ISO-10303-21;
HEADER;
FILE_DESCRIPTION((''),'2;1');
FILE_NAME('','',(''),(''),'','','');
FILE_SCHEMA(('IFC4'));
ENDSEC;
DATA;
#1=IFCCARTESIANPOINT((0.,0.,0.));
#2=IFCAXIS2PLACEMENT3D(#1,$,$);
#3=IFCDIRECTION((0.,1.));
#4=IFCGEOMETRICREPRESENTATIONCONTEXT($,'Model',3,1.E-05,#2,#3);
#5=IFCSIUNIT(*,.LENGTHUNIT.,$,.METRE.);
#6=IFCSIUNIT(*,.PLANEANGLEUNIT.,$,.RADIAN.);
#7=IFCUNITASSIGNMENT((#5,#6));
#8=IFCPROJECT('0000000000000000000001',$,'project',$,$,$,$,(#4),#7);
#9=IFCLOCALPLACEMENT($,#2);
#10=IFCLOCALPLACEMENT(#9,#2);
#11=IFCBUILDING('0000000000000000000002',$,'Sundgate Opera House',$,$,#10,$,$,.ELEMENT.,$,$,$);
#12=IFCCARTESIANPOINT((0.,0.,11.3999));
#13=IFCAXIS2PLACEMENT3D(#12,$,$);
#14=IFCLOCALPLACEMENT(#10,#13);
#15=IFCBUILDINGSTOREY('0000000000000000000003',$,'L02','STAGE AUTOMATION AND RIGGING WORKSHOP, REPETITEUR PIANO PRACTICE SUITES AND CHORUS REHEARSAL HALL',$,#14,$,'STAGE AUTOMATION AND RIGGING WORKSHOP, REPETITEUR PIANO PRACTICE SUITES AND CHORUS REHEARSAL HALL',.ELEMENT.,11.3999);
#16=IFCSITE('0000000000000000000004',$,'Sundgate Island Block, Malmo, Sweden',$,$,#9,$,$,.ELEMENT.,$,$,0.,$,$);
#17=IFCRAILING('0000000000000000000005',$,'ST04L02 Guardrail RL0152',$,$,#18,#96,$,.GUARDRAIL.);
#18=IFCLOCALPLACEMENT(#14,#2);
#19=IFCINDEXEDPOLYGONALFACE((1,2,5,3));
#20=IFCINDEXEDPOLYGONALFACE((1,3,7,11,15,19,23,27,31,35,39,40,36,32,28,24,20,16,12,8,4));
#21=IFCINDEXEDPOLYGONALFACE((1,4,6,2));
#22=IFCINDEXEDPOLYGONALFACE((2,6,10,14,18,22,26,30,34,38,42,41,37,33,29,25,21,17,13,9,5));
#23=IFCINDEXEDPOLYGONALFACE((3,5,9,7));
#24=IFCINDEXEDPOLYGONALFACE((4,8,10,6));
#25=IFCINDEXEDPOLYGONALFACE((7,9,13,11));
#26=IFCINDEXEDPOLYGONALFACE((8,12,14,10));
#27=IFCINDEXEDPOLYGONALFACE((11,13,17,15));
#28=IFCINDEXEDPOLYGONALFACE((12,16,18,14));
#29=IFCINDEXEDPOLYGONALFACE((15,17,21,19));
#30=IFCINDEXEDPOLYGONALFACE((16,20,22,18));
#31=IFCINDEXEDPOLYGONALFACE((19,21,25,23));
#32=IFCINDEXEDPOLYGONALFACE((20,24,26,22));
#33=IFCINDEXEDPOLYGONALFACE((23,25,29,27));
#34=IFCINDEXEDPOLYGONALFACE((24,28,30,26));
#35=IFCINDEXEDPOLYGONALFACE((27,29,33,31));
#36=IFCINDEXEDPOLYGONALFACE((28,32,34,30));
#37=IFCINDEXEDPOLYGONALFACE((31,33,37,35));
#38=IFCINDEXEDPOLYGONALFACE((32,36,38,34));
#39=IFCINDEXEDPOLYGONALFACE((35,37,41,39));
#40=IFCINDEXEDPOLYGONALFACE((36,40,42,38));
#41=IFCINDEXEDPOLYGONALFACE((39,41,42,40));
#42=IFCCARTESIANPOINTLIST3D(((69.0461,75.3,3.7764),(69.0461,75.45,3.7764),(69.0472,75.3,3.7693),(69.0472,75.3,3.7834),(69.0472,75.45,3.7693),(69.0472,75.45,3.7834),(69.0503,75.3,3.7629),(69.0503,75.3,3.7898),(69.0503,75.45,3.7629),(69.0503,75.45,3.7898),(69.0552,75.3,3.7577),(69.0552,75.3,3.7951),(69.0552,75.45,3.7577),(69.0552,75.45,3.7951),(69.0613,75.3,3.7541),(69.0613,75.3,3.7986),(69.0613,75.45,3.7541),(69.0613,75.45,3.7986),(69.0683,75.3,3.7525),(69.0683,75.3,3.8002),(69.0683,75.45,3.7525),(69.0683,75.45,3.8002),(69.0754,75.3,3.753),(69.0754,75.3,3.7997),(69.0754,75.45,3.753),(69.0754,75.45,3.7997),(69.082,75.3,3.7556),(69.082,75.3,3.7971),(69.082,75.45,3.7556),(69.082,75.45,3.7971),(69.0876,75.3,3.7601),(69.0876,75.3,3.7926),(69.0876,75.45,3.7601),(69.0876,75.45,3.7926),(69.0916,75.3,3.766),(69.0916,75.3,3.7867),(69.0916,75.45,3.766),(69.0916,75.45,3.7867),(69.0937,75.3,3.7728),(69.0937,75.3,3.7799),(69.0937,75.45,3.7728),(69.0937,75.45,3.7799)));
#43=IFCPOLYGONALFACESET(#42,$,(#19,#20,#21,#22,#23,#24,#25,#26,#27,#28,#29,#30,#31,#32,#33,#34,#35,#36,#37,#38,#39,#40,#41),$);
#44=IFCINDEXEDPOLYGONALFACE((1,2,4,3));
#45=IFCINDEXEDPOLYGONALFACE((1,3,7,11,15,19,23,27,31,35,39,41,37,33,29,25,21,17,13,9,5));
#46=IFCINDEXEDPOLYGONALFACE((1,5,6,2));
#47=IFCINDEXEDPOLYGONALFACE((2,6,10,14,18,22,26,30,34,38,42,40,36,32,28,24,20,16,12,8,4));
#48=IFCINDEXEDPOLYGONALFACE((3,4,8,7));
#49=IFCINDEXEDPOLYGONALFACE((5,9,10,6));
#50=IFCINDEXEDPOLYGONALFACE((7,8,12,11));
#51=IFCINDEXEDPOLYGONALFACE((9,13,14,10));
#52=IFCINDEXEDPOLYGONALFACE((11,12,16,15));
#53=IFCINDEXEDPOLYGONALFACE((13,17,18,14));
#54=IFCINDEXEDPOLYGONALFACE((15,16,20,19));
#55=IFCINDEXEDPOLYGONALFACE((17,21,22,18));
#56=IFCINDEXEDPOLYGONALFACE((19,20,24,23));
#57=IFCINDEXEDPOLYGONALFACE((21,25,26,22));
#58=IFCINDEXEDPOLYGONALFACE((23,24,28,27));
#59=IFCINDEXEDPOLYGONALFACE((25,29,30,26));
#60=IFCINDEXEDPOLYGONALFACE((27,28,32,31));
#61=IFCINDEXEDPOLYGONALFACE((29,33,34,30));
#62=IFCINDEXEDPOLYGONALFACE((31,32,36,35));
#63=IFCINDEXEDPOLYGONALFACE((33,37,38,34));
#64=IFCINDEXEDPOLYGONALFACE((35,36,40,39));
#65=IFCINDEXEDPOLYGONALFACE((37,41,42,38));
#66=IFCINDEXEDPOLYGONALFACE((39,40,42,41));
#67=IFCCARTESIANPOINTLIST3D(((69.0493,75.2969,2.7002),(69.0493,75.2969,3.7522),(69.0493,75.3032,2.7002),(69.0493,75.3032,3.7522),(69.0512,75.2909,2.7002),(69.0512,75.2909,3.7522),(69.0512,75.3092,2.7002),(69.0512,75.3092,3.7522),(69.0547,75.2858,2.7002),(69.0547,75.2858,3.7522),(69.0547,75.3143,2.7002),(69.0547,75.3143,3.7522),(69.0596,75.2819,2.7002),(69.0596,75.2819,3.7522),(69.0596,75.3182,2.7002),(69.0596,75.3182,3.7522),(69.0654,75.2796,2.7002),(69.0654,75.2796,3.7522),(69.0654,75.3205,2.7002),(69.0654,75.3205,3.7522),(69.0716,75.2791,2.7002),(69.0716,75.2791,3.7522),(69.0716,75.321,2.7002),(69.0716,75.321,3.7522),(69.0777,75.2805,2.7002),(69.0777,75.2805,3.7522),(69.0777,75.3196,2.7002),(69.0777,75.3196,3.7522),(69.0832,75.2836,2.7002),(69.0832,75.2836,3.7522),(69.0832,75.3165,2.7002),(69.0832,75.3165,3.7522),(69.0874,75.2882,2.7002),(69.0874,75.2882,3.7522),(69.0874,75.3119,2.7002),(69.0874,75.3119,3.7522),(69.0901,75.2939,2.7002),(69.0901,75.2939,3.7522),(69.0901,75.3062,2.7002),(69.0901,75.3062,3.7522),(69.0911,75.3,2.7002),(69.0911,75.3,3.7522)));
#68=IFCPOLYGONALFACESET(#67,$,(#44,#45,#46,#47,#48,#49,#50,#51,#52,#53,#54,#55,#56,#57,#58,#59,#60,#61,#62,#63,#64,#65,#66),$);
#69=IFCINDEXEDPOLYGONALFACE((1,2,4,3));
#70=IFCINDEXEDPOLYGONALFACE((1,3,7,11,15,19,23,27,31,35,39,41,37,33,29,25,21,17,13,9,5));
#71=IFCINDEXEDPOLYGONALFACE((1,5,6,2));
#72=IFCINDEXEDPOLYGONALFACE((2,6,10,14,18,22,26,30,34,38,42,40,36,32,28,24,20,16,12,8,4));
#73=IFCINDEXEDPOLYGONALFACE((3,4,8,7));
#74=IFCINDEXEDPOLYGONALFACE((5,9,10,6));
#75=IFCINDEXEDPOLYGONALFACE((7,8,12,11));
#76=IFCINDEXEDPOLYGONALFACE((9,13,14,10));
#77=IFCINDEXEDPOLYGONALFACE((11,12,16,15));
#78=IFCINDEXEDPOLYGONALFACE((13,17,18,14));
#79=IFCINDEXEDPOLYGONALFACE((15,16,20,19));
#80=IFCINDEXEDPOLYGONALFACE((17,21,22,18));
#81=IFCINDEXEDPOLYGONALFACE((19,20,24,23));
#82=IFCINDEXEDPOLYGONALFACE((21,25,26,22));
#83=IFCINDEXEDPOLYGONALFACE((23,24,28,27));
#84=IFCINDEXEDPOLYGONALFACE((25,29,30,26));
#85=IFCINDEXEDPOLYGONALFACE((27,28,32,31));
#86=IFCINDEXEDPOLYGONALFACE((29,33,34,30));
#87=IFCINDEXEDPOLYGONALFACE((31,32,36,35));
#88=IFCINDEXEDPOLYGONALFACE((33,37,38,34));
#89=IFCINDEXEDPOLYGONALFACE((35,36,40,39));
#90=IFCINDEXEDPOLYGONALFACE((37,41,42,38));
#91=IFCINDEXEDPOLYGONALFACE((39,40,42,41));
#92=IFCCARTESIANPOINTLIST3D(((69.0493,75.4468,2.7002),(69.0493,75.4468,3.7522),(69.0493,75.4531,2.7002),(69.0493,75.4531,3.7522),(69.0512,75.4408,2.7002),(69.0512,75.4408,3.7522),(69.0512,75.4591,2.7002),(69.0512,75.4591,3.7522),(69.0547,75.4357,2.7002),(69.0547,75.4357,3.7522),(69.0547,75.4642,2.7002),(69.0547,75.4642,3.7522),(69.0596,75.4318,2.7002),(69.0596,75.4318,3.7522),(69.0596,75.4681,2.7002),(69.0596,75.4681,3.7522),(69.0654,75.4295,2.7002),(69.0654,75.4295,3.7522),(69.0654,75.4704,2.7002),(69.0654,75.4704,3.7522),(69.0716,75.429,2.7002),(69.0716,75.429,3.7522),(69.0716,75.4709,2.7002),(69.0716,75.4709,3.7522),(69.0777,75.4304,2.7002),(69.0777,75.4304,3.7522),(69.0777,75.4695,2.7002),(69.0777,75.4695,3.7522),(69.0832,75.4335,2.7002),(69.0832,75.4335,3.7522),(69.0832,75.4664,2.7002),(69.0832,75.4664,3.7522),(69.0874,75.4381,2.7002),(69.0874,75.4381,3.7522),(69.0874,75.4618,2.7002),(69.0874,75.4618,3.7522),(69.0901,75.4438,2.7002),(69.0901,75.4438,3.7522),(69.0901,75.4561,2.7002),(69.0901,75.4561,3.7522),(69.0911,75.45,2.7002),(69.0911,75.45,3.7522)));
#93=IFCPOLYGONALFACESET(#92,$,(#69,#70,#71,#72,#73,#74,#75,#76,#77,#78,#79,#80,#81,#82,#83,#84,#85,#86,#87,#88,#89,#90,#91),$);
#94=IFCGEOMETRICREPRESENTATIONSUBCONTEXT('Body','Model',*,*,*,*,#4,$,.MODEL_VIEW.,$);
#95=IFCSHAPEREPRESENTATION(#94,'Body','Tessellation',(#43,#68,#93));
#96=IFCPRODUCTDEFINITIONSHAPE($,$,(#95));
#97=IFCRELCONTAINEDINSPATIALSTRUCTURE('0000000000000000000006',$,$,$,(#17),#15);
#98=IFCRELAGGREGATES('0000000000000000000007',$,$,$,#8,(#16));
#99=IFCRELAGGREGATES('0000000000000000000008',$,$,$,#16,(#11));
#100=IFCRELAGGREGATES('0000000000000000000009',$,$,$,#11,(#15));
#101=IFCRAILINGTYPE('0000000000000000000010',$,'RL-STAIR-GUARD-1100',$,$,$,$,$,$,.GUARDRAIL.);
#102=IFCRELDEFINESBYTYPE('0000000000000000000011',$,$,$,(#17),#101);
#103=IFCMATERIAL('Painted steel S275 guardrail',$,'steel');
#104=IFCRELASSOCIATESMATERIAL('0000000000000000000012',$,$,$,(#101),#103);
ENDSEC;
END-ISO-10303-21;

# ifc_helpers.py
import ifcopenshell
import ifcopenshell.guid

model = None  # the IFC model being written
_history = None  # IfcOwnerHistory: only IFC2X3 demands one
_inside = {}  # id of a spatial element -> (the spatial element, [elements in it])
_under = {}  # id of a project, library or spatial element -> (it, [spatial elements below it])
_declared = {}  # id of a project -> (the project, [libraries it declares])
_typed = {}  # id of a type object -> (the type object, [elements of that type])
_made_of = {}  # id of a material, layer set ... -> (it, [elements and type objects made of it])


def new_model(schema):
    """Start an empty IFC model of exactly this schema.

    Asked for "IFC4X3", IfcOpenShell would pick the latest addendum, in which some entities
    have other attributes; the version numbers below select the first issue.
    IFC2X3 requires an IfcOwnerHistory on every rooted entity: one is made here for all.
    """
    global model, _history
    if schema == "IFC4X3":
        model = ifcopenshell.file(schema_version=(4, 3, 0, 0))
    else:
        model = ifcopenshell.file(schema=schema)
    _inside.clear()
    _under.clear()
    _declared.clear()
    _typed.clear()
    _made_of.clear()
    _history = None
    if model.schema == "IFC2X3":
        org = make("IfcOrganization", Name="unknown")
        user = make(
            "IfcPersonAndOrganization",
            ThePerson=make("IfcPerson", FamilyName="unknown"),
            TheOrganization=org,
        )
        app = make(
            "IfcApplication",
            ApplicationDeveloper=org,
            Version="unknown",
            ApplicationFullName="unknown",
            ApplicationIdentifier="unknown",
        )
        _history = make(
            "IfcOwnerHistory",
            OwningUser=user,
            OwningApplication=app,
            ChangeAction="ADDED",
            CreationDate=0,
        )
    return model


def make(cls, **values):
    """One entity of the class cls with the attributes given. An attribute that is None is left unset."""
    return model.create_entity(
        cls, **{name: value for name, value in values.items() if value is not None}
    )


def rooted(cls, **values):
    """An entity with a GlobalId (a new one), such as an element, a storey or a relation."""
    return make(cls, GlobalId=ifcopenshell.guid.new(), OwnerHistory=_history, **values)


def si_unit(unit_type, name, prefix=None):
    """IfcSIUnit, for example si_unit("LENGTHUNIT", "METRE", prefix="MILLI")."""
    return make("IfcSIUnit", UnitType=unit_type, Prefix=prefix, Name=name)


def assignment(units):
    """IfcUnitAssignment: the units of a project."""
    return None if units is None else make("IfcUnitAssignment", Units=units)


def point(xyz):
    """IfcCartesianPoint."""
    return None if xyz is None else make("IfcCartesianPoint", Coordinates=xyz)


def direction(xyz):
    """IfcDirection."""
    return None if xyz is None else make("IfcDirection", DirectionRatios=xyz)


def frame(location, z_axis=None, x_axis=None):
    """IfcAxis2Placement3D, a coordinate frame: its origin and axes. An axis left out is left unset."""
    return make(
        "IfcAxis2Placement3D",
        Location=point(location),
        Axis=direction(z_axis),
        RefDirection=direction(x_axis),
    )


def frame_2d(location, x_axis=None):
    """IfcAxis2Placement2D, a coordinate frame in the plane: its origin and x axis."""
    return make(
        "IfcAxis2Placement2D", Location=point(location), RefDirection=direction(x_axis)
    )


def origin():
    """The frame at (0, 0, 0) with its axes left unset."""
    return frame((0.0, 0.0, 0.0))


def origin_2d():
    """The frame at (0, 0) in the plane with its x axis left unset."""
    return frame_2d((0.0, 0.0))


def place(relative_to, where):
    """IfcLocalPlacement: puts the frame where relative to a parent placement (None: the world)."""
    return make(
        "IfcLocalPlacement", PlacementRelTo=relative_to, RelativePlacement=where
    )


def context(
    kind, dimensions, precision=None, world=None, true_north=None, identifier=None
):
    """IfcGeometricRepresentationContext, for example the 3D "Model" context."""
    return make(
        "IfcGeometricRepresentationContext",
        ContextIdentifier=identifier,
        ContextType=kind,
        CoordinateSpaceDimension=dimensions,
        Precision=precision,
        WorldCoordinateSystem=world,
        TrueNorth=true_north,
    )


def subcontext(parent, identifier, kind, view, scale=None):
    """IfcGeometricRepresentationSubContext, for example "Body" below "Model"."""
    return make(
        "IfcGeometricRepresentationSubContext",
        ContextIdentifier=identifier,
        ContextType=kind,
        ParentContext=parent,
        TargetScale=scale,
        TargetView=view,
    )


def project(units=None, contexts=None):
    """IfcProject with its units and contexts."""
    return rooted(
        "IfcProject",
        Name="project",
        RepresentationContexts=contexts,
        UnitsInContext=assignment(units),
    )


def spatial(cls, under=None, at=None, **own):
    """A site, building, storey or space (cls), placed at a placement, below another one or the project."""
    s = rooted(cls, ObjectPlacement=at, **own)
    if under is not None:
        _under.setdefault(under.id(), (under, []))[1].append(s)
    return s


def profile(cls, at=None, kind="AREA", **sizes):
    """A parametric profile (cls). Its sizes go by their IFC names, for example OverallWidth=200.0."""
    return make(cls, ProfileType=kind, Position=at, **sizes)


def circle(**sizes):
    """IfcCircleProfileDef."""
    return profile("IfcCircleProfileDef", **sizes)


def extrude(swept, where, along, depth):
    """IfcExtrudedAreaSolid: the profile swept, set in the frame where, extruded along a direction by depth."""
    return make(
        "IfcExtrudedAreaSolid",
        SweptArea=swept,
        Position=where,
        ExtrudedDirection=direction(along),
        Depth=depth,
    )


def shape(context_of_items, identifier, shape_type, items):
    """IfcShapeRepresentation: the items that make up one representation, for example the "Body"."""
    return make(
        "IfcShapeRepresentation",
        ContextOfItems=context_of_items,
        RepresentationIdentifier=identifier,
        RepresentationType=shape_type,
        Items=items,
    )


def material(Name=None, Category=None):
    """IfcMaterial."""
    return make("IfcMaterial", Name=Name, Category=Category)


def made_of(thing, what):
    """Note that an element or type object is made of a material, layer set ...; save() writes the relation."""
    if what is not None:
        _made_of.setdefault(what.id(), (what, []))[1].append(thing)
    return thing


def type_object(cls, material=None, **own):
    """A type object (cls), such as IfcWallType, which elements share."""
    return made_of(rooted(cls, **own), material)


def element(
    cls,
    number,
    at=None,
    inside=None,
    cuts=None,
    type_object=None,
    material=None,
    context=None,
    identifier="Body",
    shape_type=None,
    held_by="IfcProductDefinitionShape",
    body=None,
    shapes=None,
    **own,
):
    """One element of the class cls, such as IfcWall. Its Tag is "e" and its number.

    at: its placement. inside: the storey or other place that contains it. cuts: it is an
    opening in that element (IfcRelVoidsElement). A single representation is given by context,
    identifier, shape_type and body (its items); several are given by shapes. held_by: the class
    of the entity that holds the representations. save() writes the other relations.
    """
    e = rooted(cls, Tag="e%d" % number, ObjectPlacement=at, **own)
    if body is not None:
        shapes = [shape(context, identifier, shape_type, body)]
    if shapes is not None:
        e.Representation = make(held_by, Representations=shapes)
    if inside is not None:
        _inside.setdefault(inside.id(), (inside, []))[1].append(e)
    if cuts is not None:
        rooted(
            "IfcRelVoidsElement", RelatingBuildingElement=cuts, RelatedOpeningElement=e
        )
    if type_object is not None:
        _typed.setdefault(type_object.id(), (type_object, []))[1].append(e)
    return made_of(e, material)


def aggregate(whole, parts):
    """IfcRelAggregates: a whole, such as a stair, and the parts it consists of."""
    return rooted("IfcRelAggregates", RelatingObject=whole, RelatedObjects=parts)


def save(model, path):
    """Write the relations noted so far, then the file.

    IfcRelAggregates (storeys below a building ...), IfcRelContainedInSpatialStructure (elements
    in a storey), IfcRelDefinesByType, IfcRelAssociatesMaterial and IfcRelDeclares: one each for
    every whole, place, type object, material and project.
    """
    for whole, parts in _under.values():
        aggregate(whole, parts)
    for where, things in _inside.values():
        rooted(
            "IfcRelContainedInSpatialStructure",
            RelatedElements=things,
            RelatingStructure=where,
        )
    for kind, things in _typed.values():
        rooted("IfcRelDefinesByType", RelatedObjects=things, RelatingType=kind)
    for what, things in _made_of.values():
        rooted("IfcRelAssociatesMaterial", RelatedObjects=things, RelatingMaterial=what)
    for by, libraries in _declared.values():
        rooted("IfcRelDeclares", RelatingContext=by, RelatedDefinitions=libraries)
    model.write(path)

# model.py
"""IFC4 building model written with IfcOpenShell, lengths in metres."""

from ifc_helpers import new_model, si_unit, direction, frame, origin, origin_2d, place, context, subcontext, project, spatial, circle, extrude, material, type_object, element, save


model = new_model("IFC4")

# Units and contexts
model_context = context("Model", 3, precision=1e-05, world=origin(), true_north=direction((0.0, 1.0)))
body_context = subcontext(model_context, "Body", "Model", "MODEL_VIEW")
ifc_project = project(units=[si_unit("LENGTHUNIT", "METRE"), si_unit("PLANEANGLEUNIT", "RADIAN")], contexts=[model_context])

# Site, building, storey
site_placement = place(None, origin())
site = spatial("IfcSite", under=ifc_project, at=site_placement, Name="Sundgate Island Block, Malmo, Sweden", CompositionType="ELEMENT", RefElevation=0.0)
building_placement = place(site_placement, origin())
building = spatial("IfcBuilding", under=site, at=building_placement, Name="Sundgate Opera House", CompositionType="ELEMENT")
storey_placement = place(building_placement, frame((0.0, 0.0, 11.3999)))
storey = spatial("IfcBuildingStorey", under=building, at=storey_placement, Name="L02", Description="STAGE AUTOMATION AND RIGGING WORKSHOP, REPETITEUR PIANO PRACTICE SUITES AND CHORUS REHEARSAL HALL", LongName="STAGE AUTOMATION AND RIGGING WORKSHOP, REPETITEUR PIANO PRACTICE SUITES AND CHORUS REHEARSAL HALL", CompositionType="ELEMENT", Elevation=11.3999)

# Railing
ifc_material_1 = material(Name="Painted steel S275 guardrail", Category="steel")
railing_type_1 = type_object("IfcRailingType", Name="RL-STAIR-GUARD-1100", PredefinedType="GUARDRAIL", material=ifc_material_1)
railing_1_placement = place(storey_placement, frame((69.0701, 75.3, 2.7002)))
element("IfcRailing", 1, at=railing_1_placement, inside=storey, type_object=railing_type_1, Name="ST04L02 Guardrail RL0152", PredefinedType="GUARDRAIL", context=body_context, shape_type="SweptSolid", body=[
    extrude(circle(Radius=0.0239, at=origin_2d()), frame((0.0, 0.0, 1.0762), z_axis=(0.0, 1.0, 0.0), x_axis=(-1.0, 0.0, 0.0)), (0.0, 0.0, 1.0), 0.1499),
    extrude(circle(Radius=0.021, at=origin_2d()), origin(), (0.0, 0.0, 1.0), 1.052),
    extrude(circle(Radius=0.021, at=origin_2d()), frame((0.0, 0.1499, 0.0)), (0.0, 0.0, 1.0), 1.052),
])

save(model, "model.ifc")
